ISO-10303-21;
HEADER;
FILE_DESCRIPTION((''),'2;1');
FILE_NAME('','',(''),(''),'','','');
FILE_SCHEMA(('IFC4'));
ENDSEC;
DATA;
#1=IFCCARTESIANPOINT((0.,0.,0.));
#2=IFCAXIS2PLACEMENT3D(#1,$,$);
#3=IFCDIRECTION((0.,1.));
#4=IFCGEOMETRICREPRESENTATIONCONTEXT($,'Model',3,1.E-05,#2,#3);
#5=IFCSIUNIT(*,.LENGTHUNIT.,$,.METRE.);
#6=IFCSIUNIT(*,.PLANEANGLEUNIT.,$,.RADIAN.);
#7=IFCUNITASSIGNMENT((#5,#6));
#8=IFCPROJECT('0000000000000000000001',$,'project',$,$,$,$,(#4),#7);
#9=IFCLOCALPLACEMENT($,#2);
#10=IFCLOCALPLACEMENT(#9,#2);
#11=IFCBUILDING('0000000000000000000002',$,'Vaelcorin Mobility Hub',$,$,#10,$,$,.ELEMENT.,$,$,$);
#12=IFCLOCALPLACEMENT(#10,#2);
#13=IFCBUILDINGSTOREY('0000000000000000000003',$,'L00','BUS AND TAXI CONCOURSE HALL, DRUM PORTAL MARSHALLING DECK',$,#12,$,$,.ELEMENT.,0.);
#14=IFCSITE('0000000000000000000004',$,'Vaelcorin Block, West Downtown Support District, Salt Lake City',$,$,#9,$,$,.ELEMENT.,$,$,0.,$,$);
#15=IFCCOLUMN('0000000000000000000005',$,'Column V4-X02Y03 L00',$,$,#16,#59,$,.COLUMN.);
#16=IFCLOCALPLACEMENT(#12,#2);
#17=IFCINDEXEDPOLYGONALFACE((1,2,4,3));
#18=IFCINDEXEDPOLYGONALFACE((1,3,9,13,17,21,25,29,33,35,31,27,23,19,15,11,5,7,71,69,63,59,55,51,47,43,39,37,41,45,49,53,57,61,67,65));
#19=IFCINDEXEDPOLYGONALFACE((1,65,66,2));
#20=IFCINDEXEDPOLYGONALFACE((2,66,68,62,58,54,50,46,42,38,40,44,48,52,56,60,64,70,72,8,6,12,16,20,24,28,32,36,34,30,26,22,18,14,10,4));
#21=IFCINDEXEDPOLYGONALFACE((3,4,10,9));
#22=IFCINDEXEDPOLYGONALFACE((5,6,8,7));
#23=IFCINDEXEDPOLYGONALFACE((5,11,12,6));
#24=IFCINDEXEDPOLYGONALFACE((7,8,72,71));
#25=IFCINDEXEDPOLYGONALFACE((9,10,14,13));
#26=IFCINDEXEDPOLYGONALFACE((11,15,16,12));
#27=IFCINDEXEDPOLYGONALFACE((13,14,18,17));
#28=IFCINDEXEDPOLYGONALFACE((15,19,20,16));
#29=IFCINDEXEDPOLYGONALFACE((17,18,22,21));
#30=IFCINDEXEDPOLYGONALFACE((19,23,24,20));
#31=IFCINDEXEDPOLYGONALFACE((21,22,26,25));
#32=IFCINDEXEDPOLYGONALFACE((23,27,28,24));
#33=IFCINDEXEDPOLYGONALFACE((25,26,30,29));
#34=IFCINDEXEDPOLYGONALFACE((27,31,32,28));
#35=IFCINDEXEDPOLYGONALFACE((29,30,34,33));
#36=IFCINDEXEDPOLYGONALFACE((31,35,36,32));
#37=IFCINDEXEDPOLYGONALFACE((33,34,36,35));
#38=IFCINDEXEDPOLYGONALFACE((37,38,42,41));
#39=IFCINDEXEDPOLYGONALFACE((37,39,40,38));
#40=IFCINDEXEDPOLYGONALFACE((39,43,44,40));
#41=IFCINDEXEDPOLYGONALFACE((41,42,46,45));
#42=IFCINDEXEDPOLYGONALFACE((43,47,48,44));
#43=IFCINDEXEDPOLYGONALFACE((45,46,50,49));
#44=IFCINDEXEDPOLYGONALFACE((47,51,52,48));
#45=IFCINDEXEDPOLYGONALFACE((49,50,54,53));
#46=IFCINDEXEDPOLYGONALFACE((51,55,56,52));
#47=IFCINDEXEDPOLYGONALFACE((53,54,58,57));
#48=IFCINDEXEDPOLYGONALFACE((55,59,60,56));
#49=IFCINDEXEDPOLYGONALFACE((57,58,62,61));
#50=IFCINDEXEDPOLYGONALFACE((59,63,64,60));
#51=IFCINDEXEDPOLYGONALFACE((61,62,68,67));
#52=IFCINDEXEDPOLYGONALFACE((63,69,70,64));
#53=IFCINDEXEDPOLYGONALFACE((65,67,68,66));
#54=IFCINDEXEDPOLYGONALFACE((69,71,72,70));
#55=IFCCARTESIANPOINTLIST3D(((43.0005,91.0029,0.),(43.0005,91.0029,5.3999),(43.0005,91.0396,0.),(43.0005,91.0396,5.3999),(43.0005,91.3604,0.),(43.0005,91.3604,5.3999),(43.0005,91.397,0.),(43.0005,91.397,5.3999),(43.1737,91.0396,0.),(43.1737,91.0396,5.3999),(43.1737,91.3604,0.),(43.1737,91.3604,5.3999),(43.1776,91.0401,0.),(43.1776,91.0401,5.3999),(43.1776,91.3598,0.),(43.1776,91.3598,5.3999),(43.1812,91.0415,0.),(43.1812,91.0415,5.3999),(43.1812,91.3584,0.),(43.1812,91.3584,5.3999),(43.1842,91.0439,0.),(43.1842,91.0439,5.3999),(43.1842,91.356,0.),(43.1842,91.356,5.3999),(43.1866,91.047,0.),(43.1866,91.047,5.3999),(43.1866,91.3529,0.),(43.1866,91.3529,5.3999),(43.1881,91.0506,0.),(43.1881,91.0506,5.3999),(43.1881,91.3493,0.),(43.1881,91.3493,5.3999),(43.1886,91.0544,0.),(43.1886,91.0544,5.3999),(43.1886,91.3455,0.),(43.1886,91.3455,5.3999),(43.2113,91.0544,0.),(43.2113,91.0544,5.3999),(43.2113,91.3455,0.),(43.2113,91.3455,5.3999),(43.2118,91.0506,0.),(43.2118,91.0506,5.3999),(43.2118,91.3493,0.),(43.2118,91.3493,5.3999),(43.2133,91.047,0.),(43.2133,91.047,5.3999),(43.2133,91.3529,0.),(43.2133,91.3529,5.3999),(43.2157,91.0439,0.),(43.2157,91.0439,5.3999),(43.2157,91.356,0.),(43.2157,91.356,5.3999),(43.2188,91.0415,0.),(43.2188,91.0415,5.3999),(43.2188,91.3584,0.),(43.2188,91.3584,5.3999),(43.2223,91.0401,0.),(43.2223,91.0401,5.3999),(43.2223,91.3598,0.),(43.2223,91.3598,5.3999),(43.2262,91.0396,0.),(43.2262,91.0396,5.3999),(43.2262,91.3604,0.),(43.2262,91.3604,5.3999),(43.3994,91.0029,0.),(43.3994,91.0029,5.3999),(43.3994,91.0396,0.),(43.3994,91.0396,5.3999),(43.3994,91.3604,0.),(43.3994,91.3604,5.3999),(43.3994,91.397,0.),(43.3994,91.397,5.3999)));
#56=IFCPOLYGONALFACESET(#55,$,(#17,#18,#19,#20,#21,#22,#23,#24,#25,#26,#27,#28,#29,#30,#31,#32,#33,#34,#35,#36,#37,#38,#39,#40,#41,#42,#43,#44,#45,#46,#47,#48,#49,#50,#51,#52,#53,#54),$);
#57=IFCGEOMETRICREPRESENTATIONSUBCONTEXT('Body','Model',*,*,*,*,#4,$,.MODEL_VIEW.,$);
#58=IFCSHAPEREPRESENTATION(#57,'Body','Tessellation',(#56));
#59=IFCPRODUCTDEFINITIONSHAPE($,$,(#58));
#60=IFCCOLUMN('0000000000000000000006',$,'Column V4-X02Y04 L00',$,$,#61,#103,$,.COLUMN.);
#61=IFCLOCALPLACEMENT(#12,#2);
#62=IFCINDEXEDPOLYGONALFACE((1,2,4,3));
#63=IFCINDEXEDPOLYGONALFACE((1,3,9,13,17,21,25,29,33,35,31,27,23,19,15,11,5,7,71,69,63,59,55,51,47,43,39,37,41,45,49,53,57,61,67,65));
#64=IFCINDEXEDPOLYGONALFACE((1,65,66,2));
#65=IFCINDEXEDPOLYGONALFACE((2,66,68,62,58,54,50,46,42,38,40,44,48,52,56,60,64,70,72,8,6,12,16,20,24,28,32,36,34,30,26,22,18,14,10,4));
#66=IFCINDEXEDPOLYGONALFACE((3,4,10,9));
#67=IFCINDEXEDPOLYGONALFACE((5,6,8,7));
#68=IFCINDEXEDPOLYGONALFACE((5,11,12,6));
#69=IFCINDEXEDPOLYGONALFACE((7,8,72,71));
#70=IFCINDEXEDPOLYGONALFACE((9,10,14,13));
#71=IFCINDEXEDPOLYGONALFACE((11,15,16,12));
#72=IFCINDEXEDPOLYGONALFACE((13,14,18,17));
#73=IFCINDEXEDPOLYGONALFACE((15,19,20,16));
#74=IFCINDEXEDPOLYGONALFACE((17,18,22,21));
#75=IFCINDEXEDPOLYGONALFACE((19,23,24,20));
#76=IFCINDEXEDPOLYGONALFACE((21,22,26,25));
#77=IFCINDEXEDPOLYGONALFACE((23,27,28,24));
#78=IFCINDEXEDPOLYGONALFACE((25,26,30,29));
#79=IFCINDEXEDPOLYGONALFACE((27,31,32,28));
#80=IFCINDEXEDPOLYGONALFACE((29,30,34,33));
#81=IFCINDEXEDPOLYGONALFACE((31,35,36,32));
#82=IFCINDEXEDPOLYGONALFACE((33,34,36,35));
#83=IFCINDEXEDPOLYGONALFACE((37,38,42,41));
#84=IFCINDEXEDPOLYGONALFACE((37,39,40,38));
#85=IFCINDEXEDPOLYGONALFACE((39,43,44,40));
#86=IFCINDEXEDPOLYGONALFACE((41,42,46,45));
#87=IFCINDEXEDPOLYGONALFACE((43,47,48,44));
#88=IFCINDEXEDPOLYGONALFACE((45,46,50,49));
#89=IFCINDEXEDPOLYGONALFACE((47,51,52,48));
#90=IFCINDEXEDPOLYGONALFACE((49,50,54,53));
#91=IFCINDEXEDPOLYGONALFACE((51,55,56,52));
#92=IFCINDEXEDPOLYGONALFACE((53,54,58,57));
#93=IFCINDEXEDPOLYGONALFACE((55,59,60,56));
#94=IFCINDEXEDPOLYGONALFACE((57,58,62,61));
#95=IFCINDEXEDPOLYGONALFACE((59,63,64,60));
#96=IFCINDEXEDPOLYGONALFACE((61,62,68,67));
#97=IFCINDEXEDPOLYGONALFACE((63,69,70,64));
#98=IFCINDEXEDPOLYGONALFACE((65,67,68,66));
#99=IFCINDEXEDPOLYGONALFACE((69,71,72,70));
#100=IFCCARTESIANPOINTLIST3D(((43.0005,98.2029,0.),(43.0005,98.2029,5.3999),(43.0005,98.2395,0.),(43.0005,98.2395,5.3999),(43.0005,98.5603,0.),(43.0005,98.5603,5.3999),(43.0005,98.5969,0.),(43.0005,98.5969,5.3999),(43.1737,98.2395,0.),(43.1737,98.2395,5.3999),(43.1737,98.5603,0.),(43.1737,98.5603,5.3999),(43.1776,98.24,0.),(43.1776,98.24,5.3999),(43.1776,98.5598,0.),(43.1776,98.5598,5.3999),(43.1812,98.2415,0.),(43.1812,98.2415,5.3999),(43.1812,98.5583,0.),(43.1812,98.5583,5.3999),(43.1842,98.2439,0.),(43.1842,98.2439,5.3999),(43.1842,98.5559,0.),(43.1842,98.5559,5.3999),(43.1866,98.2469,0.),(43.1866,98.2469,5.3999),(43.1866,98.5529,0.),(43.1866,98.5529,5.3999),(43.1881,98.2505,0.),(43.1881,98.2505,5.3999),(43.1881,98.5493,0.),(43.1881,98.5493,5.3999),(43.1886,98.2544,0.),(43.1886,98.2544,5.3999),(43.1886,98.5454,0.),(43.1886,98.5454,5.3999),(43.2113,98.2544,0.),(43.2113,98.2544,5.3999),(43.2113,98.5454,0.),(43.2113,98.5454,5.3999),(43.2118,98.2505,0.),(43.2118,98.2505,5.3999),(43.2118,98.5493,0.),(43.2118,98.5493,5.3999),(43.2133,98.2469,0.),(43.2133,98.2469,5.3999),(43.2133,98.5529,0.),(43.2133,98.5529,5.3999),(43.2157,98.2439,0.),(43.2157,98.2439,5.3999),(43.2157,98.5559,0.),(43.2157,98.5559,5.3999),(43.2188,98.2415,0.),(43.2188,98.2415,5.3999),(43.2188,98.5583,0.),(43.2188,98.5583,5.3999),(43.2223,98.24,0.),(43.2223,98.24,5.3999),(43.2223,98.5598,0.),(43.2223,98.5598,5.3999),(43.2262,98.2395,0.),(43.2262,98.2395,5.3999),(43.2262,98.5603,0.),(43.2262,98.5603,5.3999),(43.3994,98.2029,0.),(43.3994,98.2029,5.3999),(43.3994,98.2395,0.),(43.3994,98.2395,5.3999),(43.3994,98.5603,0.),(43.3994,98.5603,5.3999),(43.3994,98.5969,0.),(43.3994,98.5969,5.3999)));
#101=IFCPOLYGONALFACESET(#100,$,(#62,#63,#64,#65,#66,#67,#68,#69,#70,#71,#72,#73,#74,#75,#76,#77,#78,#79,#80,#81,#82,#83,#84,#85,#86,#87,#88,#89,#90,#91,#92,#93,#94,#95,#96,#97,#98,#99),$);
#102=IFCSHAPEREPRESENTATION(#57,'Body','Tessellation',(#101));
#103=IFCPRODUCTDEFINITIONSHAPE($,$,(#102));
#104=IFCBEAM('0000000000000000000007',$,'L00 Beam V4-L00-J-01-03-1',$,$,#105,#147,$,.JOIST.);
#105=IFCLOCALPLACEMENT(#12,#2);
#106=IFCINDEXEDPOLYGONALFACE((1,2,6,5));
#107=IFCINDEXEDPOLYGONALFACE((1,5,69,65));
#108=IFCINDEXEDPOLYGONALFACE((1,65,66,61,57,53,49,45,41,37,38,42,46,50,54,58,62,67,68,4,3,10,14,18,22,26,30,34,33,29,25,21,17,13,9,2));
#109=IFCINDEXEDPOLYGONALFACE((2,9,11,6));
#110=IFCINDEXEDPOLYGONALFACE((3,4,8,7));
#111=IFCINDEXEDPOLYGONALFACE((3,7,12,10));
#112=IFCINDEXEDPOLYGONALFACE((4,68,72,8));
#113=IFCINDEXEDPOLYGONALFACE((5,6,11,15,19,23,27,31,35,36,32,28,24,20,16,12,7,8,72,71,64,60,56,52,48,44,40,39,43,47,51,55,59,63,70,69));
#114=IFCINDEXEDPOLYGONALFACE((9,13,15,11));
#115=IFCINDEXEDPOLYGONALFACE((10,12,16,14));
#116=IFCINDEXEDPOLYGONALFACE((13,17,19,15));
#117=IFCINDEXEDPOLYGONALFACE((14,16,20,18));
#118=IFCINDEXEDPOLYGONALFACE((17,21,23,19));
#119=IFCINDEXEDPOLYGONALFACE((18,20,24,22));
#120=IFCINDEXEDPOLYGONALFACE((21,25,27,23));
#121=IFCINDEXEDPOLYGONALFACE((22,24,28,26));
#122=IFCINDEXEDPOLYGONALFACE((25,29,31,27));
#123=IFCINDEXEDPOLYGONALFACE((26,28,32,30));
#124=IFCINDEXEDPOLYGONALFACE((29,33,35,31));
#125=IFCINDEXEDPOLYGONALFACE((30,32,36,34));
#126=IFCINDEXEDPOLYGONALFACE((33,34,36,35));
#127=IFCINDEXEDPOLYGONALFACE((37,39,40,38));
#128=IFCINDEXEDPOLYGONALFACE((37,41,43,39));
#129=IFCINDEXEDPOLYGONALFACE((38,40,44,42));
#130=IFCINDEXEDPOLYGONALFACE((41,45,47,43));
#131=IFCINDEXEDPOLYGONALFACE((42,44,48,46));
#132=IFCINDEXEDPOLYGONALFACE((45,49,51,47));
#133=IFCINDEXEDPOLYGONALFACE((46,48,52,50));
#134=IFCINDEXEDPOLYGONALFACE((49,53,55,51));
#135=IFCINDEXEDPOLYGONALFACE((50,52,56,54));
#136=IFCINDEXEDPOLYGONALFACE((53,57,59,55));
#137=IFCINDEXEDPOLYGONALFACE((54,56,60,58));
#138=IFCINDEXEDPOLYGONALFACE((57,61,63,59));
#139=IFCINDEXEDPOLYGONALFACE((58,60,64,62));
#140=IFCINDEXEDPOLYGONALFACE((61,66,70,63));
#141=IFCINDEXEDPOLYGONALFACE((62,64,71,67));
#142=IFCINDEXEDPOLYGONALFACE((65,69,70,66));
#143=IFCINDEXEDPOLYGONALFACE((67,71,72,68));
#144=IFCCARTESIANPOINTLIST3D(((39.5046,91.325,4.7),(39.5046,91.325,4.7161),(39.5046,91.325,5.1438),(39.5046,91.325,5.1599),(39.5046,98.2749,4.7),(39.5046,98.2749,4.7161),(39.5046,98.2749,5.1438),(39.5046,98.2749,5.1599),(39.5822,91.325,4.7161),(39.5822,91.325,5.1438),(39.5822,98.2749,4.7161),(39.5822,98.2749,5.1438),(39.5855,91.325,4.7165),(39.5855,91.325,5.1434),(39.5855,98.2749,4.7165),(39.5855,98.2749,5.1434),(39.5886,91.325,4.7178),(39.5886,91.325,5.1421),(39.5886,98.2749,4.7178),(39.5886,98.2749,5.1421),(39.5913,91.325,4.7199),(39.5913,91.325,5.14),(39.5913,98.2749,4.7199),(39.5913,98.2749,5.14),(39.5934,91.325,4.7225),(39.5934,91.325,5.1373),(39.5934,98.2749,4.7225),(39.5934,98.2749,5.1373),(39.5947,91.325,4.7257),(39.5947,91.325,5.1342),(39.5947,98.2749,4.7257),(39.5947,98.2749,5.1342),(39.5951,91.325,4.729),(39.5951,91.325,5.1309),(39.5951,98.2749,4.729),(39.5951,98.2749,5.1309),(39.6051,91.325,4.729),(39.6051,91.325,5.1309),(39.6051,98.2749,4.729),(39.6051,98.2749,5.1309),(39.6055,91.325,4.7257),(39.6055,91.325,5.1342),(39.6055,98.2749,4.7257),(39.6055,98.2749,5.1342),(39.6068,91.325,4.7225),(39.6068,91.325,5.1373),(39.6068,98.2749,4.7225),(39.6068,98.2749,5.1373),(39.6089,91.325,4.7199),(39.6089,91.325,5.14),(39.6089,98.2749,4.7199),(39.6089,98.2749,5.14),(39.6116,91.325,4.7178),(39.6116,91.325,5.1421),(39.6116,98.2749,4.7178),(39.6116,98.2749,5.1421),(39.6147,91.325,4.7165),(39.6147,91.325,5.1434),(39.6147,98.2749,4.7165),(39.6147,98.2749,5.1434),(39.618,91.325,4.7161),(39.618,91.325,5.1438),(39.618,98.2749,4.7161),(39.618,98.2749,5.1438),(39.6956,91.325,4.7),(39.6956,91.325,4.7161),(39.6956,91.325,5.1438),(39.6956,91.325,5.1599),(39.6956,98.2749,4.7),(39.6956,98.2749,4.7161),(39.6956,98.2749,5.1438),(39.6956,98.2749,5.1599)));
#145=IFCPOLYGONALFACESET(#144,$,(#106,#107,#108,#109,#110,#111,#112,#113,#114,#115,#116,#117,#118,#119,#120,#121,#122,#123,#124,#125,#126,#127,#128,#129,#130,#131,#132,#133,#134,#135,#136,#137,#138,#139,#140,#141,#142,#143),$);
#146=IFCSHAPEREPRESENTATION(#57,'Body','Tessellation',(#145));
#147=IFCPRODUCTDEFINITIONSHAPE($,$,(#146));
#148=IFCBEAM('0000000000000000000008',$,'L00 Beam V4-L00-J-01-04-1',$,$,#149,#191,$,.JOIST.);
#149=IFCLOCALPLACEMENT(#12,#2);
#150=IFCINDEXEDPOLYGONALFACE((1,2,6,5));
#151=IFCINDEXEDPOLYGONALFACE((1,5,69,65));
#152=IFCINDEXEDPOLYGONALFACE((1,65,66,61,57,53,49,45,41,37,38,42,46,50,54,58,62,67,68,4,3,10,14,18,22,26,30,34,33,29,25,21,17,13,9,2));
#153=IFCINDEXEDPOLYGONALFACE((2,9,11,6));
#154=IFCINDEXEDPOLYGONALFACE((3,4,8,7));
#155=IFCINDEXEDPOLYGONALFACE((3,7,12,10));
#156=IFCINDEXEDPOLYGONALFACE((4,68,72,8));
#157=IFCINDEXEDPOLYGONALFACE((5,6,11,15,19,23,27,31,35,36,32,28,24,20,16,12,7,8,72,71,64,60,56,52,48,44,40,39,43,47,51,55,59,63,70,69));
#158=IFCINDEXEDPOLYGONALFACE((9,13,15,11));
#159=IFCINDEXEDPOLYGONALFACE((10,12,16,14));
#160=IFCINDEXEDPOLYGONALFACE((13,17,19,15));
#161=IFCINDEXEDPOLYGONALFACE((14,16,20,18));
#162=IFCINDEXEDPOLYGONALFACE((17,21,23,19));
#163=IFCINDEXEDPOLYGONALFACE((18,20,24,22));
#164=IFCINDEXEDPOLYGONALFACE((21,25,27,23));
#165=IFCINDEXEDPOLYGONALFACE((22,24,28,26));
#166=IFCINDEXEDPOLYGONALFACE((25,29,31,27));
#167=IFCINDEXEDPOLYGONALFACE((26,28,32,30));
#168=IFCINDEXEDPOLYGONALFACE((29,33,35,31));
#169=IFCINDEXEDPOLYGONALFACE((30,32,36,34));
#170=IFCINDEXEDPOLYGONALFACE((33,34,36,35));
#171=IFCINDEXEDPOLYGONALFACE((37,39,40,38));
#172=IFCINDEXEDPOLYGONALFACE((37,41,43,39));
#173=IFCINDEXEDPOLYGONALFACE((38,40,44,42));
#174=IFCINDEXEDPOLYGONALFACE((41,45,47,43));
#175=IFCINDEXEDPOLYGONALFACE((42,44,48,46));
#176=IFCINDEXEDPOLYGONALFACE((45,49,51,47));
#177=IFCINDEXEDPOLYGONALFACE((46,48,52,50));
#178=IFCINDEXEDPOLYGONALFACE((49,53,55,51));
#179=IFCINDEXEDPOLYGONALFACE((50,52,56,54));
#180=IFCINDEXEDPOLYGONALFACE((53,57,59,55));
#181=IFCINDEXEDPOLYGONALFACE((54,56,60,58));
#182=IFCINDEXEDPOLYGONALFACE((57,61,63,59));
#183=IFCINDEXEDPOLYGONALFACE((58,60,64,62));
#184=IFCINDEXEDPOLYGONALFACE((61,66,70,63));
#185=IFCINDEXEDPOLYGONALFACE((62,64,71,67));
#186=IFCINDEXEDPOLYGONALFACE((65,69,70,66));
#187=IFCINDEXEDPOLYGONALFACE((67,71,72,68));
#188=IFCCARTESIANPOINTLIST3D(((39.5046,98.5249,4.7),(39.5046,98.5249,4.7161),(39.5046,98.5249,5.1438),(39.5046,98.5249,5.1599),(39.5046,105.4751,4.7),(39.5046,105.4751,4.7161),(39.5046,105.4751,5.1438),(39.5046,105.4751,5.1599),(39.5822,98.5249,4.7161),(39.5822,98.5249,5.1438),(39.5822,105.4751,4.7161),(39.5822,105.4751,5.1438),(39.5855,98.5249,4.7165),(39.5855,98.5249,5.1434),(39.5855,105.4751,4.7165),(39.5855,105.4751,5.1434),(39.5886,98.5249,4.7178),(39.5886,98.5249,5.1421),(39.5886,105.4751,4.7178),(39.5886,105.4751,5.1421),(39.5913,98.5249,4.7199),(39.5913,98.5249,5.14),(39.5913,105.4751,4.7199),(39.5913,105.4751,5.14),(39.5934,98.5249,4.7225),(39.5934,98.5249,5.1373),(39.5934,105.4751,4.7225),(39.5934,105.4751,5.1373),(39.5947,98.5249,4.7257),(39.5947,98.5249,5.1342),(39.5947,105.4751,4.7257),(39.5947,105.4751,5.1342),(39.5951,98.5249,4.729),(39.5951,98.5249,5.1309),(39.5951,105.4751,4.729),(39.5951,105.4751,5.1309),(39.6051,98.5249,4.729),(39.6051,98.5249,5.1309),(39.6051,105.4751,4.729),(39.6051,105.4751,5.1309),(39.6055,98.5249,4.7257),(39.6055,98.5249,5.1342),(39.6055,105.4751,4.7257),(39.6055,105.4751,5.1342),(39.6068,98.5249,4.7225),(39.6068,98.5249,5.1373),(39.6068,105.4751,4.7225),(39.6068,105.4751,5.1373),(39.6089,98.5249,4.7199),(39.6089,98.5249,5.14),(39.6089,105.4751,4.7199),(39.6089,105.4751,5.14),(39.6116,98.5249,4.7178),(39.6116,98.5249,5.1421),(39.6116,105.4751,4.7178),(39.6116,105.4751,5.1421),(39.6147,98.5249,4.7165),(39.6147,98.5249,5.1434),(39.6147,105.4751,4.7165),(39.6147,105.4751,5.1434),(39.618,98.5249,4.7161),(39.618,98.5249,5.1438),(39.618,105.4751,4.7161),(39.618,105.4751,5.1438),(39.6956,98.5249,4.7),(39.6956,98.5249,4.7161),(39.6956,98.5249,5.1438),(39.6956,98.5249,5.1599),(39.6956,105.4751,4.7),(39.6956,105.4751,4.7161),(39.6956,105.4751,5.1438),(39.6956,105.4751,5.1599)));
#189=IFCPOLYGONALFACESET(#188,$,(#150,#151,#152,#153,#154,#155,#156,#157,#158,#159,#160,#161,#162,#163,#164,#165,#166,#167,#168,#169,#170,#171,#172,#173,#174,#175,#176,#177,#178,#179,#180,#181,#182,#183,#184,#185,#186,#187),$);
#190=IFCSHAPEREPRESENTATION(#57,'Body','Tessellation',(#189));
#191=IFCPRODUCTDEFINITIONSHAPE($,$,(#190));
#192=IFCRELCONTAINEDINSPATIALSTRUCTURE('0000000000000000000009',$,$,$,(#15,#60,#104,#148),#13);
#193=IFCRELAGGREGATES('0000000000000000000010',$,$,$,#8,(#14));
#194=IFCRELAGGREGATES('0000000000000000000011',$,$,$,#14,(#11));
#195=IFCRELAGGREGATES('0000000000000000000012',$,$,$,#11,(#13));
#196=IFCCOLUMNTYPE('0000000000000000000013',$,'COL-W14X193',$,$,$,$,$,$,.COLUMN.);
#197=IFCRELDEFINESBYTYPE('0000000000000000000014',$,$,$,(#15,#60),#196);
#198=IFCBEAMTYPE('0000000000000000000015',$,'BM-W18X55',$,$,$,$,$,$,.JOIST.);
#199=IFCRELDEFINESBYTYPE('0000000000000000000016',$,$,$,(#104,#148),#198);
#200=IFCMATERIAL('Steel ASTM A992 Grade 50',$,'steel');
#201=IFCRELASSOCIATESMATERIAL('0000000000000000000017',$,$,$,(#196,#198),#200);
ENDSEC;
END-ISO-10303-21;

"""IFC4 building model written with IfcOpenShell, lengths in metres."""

from ifc_helpers import new_model, si_unit, direction, frame, origin, origin_2d, place, context, subcontext, project, spatial, i_section, extrude, material, material_profile, profile_set, type_object, element, save


model = new_model("IFC4")

# Units and contexts
model_context = context("Model", 3, precision=1e-05, world=origin(), true_north=direction((0.0, 1.0)))
body_context = subcontext(model_context, "Body", "Model", "MODEL_VIEW")
ifc_project = project(units=[si_unit("LENGTHUNIT", "METRE"), si_unit("PLANEANGLEUNIT", "RADIAN")], contexts=[model_context])

# Site, building, storey
site_placement = place(None, origin())
site = spatial("IfcSite", under=ifc_project, at=site_placement, Name="Vaelcorin Block, West Downtown Support District, Salt Lake City", CompositionType="ELEMENT", RefElevation=0.0)
building_placement = place(site_placement, origin())
building = spatial("IfcBuilding", under=site, at=building_placement, Name="Vaelcorin Mobility Hub", CompositionType="ELEMENT")
storey_placement = place(building_placement, origin())
storey = spatial("IfcBuildingStorey", under=building, at=storey_placement, Name="L00", Description="BUS AND TAXI CONCOURSE HALL, DRUM PORTAL MARSHALLING DECK", CompositionType="ELEMENT", Elevation=0.0)

# Columns
ifc_material_1 = material(Name="Steel ASTM A992 Grade 50", Category="steel")
ifc_material_profile_1 = material_profile(ifc_material_1, i_section(OverallWidth=0.3989, OverallDepth=0.394, WebThickness=0.0227, FlangeThickness=0.0366, FilletRadius=0.0149, at=origin_2d()), Name="W14X193")
ifc_profile_set_1 = profile_set([ifc_material_profile_1], Name="Steel ASTM A992 Grade 50")
column_type_1 = type_object("IfcColumnType", Name="COL-W14X193", PredefinedType="COLUMN", material=ifc_profile_set_1)
for number, where, z_axis, x_axis, name in (
    (1, (43.2, 91.2, 0.0), (0.0, 0.0, 1.0), (1.0, 0.0, 0.0), "Column V4-X02Y03 L00"),
    (2, (43.2, 98.3999, 0.0), (0.0, 0.0, 1.0), (1.0, 0.0, 0.0), "Column V4-X02Y04 L00"),
):
    element("IfcColumn", number, at=place(storey_placement, frame(where, z_axis=z_axis, x_axis=x_axis)), inside=storey, type_object=column_type_1, Name=name, PredefinedType="COLUMN", context=body_context, shape_type="SweptSolid", body=[
        extrude(i_section(OverallWidth=0.3989, OverallDepth=0.394, WebThickness=0.0227, FlangeThickness=0.0366, FilletRadius=0.0149, at=origin_2d()), origin(), (0.0, 0.0, 1.0), 5.3999),
    ])

# Beams
ifc_material_profile_2 = material_profile(ifc_material_1, i_section(OverallWidth=0.1909, OverallDepth=0.46, WebThickness=0.01, FlangeThickness=0.0161, FilletRadius=0.0129, at=origin_2d()), Name="W18X55")
ifc_profile_set_2 = profile_set([ifc_material_profile_2], Name="Steel ASTM A992 Grade 50")
beam_type_1 = type_object("IfcBeamType", Name="BM-W18X55", PredefinedType="JOIST", material=ifc_profile_set_2)
beam_1_placement = place(storey_placement, frame((39.6001, 91.325, 4.9299), z_axis=(0.0, 1.0, 0.0), x_axis=(-1.0, 0.0, 0.0)))
element("IfcBeam", 3, at=beam_1_placement, inside=storey, type_object=beam_type_1, Name="L00 Beam V4-L00-J-01-03-1", PredefinedType="JOIST", context=body_context, shape_type="SweptSolid", body=[
    extrude(i_section(OverallWidth=0.1909, OverallDepth=0.46, WebThickness=0.01, FlangeThickness=0.0161, FilletRadius=0.0129, at=origin_2d()), origin(), (0.0, 0.0, 1.0), 6.95),
])
beam_2_placement = place(storey_placement, frame((39.6001, 98.5249, 4.9299), z_axis=(0.0, 1.0, 0.0), x_axis=(-1.0, 0.0, 0.0)))
element("IfcBeam", 4, at=beam_2_placement, inside=storey, type_object=beam_type_1, Name="L00 Beam V4-L00-J-01-04-1", PredefinedType="JOIST", context=body_context, shape_type="SweptSolid", body=[
    extrude(i_section(OverallWidth=0.1909, OverallDepth=0.46, WebThickness=0.01, FlangeThickness=0.0161, FilletRadius=0.0129, at=origin_2d()), origin(), (0.0, 0.0, 1.0), 6.9502),
])

save(model, "model.ifc")
